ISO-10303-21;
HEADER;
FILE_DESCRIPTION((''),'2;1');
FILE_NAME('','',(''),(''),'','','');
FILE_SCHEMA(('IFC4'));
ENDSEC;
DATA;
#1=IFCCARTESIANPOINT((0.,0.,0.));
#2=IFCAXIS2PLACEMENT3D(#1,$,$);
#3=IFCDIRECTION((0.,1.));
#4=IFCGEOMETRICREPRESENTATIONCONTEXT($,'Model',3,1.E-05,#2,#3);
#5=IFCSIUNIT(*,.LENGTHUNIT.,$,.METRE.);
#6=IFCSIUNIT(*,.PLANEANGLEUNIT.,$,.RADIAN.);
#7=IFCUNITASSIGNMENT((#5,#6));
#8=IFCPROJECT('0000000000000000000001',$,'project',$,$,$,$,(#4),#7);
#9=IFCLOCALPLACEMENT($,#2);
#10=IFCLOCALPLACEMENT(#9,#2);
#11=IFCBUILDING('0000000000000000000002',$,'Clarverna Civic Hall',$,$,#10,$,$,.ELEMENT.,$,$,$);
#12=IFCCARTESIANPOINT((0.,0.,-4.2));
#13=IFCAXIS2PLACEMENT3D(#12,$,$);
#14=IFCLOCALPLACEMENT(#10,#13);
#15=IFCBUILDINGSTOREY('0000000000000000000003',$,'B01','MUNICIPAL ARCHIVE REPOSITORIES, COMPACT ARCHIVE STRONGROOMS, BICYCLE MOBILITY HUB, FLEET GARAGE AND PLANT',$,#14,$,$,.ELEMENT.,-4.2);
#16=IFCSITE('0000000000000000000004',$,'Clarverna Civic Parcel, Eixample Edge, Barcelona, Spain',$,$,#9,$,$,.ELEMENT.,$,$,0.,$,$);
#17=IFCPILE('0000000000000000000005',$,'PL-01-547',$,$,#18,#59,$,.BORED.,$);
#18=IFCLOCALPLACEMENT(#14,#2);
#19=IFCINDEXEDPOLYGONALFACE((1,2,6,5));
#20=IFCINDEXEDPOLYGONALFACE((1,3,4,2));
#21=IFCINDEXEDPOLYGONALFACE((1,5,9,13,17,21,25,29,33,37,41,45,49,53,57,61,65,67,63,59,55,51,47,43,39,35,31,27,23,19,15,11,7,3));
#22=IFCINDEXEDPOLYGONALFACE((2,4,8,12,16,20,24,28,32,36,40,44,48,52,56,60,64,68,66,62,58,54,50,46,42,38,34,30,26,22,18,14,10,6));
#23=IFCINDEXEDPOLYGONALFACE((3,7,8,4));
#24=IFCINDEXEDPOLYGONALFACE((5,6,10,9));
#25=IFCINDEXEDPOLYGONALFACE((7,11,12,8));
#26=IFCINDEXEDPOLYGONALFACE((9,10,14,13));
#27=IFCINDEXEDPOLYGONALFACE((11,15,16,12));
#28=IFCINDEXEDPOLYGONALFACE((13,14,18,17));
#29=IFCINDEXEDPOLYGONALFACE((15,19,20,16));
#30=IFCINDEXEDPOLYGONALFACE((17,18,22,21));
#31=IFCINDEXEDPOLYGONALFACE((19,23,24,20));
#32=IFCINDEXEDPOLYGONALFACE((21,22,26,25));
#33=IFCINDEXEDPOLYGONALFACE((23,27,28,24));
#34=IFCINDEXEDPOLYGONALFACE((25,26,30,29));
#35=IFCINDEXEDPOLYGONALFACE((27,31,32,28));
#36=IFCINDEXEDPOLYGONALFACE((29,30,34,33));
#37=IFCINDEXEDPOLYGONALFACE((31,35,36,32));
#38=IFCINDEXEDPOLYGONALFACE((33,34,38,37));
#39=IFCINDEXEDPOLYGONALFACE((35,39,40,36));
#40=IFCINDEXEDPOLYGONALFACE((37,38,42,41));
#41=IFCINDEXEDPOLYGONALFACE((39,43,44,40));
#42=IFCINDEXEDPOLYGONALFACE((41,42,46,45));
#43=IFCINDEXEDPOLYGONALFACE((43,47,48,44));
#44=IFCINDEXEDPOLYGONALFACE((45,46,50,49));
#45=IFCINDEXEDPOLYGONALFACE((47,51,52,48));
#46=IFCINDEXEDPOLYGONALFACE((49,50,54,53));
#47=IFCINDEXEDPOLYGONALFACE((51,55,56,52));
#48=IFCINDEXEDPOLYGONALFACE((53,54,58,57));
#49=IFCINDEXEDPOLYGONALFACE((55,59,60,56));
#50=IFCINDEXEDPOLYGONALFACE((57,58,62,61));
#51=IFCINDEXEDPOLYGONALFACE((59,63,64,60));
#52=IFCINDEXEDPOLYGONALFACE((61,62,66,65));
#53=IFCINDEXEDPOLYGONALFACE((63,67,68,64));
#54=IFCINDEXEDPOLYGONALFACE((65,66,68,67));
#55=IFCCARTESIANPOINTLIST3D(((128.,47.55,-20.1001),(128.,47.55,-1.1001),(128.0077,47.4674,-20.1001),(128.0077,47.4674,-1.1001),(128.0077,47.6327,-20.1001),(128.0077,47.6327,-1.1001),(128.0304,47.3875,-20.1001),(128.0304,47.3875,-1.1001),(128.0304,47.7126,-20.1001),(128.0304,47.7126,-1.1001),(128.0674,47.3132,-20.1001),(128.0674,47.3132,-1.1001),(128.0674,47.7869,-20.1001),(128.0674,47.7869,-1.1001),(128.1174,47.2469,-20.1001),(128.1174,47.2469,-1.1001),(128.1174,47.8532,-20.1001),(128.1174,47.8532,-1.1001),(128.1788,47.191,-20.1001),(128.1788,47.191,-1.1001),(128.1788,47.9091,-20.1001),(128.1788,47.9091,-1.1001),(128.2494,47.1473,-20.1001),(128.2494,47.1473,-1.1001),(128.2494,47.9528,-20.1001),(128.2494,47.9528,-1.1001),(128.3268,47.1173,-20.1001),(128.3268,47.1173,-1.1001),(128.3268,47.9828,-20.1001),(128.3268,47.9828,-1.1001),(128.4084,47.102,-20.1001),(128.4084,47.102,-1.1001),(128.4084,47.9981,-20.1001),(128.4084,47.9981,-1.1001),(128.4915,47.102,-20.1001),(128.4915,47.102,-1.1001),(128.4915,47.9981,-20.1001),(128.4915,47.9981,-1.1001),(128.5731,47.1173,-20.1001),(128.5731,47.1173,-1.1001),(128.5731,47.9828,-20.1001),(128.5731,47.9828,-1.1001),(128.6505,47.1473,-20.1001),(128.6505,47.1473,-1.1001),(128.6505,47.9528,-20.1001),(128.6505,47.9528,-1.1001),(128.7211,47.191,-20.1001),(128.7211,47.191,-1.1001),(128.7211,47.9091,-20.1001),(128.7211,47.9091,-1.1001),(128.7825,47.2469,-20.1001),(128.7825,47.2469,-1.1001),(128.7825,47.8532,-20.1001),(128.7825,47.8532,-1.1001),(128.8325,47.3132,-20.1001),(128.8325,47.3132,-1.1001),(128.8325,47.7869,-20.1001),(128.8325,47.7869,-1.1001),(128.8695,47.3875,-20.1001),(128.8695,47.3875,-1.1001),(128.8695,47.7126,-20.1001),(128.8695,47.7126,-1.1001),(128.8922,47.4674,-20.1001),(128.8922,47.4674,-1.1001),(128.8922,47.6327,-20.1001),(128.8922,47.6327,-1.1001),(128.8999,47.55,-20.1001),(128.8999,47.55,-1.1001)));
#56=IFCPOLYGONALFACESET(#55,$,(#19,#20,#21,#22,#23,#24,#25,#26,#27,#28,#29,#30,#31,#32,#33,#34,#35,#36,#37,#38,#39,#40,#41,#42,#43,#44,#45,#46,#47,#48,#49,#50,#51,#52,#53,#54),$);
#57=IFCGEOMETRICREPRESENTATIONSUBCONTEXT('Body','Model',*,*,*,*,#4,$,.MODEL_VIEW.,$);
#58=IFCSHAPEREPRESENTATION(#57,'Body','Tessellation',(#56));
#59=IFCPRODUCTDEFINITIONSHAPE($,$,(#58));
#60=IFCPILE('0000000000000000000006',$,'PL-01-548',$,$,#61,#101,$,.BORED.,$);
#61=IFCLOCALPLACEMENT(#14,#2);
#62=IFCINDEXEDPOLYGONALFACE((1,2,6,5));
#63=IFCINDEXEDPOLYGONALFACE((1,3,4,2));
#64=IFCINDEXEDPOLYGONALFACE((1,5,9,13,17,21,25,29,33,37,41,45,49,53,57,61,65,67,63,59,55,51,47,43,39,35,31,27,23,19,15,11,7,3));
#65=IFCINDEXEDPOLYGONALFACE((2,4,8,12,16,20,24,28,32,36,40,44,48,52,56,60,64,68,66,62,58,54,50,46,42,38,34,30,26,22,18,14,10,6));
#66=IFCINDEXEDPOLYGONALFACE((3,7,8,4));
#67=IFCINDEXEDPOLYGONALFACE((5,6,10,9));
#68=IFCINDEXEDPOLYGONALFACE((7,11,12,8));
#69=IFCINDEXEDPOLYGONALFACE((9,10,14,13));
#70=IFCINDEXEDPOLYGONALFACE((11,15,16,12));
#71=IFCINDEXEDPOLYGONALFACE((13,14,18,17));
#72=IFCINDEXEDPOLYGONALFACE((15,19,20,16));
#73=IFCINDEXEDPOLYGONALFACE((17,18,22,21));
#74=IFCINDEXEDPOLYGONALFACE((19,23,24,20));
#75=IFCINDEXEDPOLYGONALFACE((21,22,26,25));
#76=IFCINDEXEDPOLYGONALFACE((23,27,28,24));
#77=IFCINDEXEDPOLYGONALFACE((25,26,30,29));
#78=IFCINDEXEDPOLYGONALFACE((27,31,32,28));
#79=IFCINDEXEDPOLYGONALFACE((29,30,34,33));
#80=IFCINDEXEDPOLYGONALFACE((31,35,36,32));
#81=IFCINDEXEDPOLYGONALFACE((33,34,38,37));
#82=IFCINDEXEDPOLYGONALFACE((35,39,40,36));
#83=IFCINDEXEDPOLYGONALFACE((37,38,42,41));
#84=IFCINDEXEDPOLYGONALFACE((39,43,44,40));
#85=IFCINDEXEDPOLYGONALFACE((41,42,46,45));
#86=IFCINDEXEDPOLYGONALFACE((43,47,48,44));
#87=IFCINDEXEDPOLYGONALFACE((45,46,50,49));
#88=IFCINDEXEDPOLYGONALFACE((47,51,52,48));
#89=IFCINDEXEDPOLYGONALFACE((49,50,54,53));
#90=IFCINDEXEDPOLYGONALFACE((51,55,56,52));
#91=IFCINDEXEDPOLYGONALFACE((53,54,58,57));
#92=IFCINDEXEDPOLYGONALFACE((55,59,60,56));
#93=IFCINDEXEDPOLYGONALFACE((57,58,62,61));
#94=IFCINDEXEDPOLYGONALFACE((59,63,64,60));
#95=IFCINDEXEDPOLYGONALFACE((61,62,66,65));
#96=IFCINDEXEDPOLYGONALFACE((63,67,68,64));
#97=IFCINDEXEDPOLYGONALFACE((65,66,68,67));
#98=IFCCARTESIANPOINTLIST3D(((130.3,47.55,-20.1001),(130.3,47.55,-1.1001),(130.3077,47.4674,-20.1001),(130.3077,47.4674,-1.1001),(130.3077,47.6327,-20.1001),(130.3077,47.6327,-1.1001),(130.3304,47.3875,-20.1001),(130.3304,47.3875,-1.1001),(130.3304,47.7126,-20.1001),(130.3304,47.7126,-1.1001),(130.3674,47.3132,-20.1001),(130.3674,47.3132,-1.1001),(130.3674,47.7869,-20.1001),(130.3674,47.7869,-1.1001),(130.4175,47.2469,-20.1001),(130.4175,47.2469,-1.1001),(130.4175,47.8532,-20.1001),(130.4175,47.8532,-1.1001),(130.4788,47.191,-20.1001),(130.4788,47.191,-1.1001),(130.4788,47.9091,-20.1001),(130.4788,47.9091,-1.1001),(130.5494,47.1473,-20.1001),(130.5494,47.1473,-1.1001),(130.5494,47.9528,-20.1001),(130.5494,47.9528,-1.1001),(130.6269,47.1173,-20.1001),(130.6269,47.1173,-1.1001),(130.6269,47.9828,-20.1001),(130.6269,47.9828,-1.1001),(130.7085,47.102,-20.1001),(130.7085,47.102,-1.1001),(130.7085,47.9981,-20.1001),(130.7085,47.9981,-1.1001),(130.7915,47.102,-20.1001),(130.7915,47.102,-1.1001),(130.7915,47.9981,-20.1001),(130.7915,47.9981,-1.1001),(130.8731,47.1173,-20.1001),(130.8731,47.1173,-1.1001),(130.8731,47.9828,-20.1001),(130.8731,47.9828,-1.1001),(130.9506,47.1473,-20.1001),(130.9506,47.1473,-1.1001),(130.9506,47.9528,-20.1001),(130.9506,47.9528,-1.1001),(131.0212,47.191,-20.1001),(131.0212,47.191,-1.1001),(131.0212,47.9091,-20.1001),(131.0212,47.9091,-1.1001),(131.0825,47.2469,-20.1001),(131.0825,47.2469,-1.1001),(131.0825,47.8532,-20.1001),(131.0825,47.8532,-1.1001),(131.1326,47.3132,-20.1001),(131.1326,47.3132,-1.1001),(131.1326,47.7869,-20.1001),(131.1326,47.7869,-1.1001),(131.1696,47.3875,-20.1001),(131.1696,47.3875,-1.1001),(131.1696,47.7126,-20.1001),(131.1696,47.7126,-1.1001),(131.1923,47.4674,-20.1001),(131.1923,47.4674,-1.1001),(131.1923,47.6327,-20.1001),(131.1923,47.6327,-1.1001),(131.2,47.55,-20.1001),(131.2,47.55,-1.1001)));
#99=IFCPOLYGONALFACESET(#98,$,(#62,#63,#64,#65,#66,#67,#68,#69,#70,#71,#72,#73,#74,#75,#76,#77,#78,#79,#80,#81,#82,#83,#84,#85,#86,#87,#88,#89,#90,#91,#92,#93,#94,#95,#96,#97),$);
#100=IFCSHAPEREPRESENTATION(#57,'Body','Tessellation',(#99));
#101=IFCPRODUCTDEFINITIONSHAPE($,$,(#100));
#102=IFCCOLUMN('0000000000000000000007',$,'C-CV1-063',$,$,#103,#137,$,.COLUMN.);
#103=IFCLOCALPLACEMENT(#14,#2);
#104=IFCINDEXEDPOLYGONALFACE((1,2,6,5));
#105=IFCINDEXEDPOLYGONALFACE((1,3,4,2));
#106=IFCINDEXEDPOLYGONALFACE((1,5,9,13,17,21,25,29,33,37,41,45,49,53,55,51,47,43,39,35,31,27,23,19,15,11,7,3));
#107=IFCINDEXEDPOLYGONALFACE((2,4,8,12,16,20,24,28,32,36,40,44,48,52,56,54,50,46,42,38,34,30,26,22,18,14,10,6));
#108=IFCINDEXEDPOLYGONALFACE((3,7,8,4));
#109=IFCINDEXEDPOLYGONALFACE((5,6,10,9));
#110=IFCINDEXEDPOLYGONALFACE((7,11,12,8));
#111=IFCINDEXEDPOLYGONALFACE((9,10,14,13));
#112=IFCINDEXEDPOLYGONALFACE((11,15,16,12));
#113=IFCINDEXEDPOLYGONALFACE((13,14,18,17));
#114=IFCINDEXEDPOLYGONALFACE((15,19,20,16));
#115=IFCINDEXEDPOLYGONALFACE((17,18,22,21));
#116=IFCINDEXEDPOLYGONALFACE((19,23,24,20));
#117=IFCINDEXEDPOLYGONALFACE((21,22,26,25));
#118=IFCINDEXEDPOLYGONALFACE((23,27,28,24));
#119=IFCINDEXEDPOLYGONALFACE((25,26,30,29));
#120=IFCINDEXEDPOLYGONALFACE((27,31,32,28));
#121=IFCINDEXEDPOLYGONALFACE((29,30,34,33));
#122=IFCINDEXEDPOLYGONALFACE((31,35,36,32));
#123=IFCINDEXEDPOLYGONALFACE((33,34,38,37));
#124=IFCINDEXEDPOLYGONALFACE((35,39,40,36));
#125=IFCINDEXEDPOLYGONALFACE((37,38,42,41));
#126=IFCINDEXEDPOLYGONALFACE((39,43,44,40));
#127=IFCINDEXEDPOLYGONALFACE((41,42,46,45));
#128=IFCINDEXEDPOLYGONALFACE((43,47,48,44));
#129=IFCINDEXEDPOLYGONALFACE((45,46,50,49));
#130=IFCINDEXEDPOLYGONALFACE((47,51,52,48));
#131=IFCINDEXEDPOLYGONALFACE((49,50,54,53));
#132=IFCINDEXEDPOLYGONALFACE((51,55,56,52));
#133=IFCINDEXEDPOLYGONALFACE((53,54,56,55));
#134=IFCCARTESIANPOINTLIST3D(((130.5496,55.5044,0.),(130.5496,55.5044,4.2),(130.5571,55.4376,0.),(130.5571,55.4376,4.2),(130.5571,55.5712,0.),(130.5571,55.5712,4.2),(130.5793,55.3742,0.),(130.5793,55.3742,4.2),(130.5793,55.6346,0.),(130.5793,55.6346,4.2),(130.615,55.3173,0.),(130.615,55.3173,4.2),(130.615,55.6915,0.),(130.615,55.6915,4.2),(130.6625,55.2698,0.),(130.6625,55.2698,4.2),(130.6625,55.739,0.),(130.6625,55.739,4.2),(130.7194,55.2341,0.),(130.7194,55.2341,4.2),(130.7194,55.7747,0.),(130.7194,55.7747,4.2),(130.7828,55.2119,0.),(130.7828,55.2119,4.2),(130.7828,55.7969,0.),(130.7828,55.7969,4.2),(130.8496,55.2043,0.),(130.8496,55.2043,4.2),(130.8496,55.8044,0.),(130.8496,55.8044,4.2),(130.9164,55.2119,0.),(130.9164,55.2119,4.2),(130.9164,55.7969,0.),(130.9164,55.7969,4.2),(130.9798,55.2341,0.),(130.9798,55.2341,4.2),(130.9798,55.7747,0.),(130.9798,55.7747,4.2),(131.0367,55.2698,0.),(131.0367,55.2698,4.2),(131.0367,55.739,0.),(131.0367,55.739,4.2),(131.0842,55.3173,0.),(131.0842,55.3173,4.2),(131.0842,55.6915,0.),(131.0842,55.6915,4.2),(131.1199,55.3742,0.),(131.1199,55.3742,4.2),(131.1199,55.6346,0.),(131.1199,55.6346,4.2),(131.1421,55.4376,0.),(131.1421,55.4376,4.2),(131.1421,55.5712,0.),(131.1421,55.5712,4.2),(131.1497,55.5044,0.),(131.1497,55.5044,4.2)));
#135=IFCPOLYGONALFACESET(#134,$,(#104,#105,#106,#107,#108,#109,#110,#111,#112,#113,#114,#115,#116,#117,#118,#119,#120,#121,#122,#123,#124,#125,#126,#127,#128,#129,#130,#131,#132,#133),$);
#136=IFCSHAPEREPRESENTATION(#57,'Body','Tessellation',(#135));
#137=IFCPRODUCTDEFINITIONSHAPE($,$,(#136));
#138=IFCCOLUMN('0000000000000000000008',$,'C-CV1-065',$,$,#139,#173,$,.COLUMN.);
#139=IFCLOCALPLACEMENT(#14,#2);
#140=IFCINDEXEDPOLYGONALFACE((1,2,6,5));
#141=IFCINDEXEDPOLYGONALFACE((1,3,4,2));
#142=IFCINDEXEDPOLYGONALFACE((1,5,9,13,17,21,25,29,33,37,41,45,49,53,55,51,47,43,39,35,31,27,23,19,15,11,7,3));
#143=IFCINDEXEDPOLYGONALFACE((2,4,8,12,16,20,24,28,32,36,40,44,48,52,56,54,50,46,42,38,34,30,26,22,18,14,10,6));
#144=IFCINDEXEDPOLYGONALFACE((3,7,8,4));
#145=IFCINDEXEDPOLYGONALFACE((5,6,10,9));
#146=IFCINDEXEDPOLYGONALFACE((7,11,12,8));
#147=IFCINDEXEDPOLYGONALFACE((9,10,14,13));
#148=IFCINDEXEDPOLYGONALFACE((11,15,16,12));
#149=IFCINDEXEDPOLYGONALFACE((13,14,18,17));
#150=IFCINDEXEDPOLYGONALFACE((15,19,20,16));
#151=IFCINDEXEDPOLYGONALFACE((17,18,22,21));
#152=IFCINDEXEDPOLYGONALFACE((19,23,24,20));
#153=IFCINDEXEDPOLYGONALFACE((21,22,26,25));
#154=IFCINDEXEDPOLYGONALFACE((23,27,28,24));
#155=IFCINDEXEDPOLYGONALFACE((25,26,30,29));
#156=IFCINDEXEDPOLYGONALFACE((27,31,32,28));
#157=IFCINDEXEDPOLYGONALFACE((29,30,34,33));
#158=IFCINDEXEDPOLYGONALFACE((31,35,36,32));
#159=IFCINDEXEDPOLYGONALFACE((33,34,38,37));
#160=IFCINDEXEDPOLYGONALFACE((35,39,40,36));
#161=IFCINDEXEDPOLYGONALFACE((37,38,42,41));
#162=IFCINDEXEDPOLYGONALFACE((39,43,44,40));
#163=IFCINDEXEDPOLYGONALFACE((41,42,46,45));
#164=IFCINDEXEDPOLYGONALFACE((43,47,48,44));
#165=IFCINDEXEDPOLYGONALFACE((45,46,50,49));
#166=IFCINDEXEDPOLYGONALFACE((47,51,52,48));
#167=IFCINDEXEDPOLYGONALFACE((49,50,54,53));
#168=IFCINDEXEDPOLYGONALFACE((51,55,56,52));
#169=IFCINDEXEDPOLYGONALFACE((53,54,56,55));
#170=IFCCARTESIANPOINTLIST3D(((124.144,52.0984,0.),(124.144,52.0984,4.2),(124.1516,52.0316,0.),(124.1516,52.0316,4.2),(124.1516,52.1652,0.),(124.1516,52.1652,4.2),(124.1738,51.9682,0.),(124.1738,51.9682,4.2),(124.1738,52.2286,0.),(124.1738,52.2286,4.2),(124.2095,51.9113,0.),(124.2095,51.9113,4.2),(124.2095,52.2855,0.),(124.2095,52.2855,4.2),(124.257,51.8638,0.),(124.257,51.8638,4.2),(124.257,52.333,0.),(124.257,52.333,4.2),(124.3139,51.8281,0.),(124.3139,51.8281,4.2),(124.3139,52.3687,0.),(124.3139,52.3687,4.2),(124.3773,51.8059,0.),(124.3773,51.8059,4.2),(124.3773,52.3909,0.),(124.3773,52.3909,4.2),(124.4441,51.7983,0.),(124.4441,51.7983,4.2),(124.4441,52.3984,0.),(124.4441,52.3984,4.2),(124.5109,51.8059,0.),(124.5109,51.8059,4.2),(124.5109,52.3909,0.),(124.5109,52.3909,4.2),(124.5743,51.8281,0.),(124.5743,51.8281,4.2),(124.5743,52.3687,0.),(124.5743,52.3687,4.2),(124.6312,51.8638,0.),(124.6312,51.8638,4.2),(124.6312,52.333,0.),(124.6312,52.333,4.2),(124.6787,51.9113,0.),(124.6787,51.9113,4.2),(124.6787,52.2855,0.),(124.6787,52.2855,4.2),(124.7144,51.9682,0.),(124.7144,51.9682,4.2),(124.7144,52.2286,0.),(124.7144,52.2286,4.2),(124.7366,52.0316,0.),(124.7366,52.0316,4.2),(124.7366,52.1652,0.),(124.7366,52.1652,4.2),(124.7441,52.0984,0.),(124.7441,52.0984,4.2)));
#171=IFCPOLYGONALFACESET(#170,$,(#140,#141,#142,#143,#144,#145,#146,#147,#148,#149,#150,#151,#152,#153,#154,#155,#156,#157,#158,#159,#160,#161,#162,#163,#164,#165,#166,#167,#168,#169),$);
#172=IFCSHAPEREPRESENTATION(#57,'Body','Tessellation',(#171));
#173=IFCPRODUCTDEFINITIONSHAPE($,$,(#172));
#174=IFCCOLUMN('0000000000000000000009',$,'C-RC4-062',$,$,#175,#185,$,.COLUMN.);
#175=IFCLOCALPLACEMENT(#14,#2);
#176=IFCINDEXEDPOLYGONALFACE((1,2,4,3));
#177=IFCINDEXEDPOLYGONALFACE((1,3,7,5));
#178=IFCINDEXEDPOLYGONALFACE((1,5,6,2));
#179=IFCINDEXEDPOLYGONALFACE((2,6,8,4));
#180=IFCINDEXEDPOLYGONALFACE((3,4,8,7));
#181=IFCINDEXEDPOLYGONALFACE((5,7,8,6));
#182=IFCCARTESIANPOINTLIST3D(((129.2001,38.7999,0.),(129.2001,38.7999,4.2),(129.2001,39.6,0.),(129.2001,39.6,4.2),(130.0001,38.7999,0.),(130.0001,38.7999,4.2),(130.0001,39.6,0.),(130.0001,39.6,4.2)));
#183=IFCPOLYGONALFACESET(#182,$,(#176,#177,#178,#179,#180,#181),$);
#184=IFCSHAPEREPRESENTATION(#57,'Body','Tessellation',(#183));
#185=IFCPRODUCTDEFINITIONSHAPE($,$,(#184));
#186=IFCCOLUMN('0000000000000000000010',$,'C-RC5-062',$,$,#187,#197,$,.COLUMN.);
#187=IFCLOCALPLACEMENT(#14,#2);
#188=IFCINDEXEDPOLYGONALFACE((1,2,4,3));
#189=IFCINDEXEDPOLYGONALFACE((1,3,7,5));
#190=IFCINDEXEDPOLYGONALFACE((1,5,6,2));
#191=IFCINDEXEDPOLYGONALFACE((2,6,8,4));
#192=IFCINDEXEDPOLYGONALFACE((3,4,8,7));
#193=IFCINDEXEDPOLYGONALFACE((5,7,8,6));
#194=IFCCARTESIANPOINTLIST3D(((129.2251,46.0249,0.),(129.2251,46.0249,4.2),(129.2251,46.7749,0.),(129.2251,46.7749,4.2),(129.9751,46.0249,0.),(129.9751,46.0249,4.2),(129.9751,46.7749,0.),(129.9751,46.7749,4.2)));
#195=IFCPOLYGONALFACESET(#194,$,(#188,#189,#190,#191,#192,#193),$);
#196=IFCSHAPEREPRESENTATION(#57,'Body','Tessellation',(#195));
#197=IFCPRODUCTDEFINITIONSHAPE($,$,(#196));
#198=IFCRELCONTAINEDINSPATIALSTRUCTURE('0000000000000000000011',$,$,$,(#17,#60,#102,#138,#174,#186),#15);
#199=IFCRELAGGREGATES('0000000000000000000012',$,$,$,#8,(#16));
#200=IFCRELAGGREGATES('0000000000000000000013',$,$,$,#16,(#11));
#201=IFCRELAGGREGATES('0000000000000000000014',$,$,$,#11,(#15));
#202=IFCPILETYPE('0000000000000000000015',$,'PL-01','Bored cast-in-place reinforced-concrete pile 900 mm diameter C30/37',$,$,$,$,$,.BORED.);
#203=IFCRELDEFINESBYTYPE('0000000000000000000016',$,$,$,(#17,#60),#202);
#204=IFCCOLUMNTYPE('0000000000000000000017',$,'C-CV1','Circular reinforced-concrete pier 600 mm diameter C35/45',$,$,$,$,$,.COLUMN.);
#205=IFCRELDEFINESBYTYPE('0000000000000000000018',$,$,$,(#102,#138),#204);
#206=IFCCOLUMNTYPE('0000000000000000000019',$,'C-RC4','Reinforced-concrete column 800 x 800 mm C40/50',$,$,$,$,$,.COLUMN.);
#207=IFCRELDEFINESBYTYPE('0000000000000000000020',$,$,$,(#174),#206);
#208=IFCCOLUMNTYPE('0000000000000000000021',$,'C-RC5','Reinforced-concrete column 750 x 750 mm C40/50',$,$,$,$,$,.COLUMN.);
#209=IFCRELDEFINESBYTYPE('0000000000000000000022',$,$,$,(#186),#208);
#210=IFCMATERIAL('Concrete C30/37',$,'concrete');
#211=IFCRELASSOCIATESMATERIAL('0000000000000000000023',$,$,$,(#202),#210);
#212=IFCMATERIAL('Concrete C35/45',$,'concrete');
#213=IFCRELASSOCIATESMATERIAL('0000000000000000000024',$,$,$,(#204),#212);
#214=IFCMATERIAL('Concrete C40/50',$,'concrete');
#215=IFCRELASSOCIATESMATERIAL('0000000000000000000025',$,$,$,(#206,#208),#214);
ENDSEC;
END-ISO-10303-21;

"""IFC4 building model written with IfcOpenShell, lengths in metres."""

from ifc_helpers import new_model, si_unit, direction, frame, origin, origin_2d, place, context, subcontext, project, spatial, rectangle, circle, extrude, material, material_profile, profile_set, type_object, element, save


model = new_model("IFC4")

# Units and contexts
model_context = context("Model", 3, precision=1e-05, world=origin(), true_north=direction((0.0, 1.0)))
body_context = subcontext(model_context, "Body", "Model", "MODEL_VIEW")
ifc_project = project(units=[si_unit("LENGTHUNIT", "METRE"), si_unit("PLANEANGLEUNIT", "RADIAN")], contexts=[model_context])

# Site, building, storey
site_placement = place(None, origin())
site = spatial("IfcSite", under=ifc_project, at=site_placement, Name="Clarverna Civic Parcel, Eixample Edge, Barcelona, Spain", CompositionType="ELEMENT", RefElevation=0.0)
building_placement = place(site_placement, origin())
building = spatial("IfcBuilding", under=site, at=building_placement, Name="Clarverna Civic Hall", CompositionType="ELEMENT")
storey_placement = place(building_placement, frame((0.0, 0.0, -4.2)))
storey = spatial("IfcBuildingStorey", under=building, at=storey_placement, Name="B01", Description="MUNICIPAL ARCHIVE REPOSITORIES, COMPACT ARCHIVE STRONGROOMS, BICYCLE MOBILITY HUB, FLEET GARAGE AND PLANT", CompositionType="ELEMENT", Elevation=-4.2)

# Shared definitions
ifc_material_1 = material(Name="Concrete C30/37", Category="concrete")

# Piles
ifc_material_profile_1 = material_profile(ifc_material_1, circle(Radius=0.45, at=origin_2d()), Name="BORED PILE D900")
ifc_profile_set_1 = profile_set([ifc_material_profile_1], Name="Concrete C30/37")
pile_type = type_object("IfcPileType", Name="PL-01", Description="Bored cast-in-place reinforced-concrete pile 900 mm diameter C30/37", PredefinedType="BORED", material=ifc_profile_set_1)
for number, where, z_axis, x_axis, name in (
    (1, (128.45, 47.55, -1.1001), (0.0, 0.0, -1.0), (1.0, 0.0, 0.0), "PL-01-547"),
    (2, (130.75, 47.55, -1.1001), (0.0, 0.0, -1.0), (1.0, 0.0, 0.0), "PL-01-548"),
):
    element("IfcPile", number, at=place(storey_placement, frame(where, z_axis=z_axis, x_axis=x_axis)), inside=storey, type_object=pile_type, Name=name, PredefinedType="BORED", context=body_context, shape_type="SweptSolid", body=[
        extrude(circle(Radius=0.45, at=origin_2d()), origin(), (0.0, 0.0, 1.0), 19.0),
    ])

# Columns
ifc_material_2 = material(Name="Concrete C35/45", Category="concrete")
ifc_material_profile_2 = material_profile(ifc_material_2, circle(Radius=0.3, at=origin_2d()), Name="RC D600")
ifc_profile_set_2 = profile_set([ifc_material_profile_2], Name="Concrete C35/45")
column_type_1 = type_object("IfcColumnType", Name="C-CV1", Description="Circular reinforced-concrete pier 600 mm diameter C35/45", PredefinedType="COLUMN", material=ifc_profile_set_2)
for number, where, z_axis, x_axis, name in (
    (3, (130.8496, 55.5044, 0.0), (0.0, 0.0, 1.0), (1.0, 0.0, 0.0), "C-CV1-063"),
    (4, (124.4441, 52.0984, 0.0), (0.0, 0.0, 1.0), (1.0, 0.0, 0.0), "C-CV1-065"),
):
    element("IfcColumn", number, at=place(storey_placement, frame(where, z_axis=z_axis, x_axis=x_axis)), inside=storey, type_object=column_type_1, Name=name, PredefinedType="COLUMN", context=body_context, shape_type="SweptSolid", body=[
        extrude(circle(Radius=0.3, at=origin_2d()), origin(), (0.0, 0.0, 1.0), 4.2),
    ])
ifc_material_3 = material(Name="Concrete C40/50", Category="concrete")
ifc_material_profile_3 = material_profile(ifc_material_3, rectangle(XDim=0.8, YDim=0.8, at=origin_2d()), Name="RC 800x800")
ifc_profile_set_3 = profile_set([ifc_material_profile_3], Name="Concrete C40/50")
column_type_2 = type_object("IfcColumnType", Name="C-RC4", Description="Reinforced-concrete column 800 x 800 mm C40/50", PredefinedType="COLUMN", material=ifc_profile_set_3)
column_1_placement = place(storey_placement, frame((129.6001, 39.2, 0.0), z_axis=(0.0, 0.0, 1.0), x_axis=(1.0, 0.0, 0.0)))
element("IfcColumn", 5, at=column_1_placement, inside=storey, type_object=column_type_2, Name="C-RC4-062", PredefinedType="COLUMN", context=body_context, shape_type="SweptSolid", body=[
    extrude(rectangle(XDim=0.8, YDim=0.8, at=origin_2d()), origin(), (0.0, 0.0, 1.0), 4.2),
])
ifc_material_profile_4 = material_profile(ifc_material_3, rectangle(XDim=0.75, YDim=0.75, at=origin_2d()), Name="RC 750x750")
ifc_profile_set_4 = profile_set([ifc_material_profile_4], Name="Concrete C40/50")
column_type_3 = type_object("IfcColumnType", Name="C-RC5", Description="Reinforced-concrete column 750 x 750 mm C40/50", PredefinedType="COLUMN", material=ifc_profile_set_4)
column_2_placement = place(storey_placement, frame((129.6001, 46.3999, 0.0), z_axis=(0.0, 0.0, 1.0), x_axis=(1.0, 0.0, 0.0)))
element("IfcColumn", 6, at=column_2_placement, inside=storey, type_object=column_type_3, Name="C-RC5-062", PredefinedType="COLUMN", context=body_context, shape_type="SweptSolid", body=[
    extrude(rectangle(XDim=0.75, YDim=0.75, at=origin_2d()), origin(), (0.0, 0.0, 1.0), 4.2),
])

save(model, "model.ifc")
